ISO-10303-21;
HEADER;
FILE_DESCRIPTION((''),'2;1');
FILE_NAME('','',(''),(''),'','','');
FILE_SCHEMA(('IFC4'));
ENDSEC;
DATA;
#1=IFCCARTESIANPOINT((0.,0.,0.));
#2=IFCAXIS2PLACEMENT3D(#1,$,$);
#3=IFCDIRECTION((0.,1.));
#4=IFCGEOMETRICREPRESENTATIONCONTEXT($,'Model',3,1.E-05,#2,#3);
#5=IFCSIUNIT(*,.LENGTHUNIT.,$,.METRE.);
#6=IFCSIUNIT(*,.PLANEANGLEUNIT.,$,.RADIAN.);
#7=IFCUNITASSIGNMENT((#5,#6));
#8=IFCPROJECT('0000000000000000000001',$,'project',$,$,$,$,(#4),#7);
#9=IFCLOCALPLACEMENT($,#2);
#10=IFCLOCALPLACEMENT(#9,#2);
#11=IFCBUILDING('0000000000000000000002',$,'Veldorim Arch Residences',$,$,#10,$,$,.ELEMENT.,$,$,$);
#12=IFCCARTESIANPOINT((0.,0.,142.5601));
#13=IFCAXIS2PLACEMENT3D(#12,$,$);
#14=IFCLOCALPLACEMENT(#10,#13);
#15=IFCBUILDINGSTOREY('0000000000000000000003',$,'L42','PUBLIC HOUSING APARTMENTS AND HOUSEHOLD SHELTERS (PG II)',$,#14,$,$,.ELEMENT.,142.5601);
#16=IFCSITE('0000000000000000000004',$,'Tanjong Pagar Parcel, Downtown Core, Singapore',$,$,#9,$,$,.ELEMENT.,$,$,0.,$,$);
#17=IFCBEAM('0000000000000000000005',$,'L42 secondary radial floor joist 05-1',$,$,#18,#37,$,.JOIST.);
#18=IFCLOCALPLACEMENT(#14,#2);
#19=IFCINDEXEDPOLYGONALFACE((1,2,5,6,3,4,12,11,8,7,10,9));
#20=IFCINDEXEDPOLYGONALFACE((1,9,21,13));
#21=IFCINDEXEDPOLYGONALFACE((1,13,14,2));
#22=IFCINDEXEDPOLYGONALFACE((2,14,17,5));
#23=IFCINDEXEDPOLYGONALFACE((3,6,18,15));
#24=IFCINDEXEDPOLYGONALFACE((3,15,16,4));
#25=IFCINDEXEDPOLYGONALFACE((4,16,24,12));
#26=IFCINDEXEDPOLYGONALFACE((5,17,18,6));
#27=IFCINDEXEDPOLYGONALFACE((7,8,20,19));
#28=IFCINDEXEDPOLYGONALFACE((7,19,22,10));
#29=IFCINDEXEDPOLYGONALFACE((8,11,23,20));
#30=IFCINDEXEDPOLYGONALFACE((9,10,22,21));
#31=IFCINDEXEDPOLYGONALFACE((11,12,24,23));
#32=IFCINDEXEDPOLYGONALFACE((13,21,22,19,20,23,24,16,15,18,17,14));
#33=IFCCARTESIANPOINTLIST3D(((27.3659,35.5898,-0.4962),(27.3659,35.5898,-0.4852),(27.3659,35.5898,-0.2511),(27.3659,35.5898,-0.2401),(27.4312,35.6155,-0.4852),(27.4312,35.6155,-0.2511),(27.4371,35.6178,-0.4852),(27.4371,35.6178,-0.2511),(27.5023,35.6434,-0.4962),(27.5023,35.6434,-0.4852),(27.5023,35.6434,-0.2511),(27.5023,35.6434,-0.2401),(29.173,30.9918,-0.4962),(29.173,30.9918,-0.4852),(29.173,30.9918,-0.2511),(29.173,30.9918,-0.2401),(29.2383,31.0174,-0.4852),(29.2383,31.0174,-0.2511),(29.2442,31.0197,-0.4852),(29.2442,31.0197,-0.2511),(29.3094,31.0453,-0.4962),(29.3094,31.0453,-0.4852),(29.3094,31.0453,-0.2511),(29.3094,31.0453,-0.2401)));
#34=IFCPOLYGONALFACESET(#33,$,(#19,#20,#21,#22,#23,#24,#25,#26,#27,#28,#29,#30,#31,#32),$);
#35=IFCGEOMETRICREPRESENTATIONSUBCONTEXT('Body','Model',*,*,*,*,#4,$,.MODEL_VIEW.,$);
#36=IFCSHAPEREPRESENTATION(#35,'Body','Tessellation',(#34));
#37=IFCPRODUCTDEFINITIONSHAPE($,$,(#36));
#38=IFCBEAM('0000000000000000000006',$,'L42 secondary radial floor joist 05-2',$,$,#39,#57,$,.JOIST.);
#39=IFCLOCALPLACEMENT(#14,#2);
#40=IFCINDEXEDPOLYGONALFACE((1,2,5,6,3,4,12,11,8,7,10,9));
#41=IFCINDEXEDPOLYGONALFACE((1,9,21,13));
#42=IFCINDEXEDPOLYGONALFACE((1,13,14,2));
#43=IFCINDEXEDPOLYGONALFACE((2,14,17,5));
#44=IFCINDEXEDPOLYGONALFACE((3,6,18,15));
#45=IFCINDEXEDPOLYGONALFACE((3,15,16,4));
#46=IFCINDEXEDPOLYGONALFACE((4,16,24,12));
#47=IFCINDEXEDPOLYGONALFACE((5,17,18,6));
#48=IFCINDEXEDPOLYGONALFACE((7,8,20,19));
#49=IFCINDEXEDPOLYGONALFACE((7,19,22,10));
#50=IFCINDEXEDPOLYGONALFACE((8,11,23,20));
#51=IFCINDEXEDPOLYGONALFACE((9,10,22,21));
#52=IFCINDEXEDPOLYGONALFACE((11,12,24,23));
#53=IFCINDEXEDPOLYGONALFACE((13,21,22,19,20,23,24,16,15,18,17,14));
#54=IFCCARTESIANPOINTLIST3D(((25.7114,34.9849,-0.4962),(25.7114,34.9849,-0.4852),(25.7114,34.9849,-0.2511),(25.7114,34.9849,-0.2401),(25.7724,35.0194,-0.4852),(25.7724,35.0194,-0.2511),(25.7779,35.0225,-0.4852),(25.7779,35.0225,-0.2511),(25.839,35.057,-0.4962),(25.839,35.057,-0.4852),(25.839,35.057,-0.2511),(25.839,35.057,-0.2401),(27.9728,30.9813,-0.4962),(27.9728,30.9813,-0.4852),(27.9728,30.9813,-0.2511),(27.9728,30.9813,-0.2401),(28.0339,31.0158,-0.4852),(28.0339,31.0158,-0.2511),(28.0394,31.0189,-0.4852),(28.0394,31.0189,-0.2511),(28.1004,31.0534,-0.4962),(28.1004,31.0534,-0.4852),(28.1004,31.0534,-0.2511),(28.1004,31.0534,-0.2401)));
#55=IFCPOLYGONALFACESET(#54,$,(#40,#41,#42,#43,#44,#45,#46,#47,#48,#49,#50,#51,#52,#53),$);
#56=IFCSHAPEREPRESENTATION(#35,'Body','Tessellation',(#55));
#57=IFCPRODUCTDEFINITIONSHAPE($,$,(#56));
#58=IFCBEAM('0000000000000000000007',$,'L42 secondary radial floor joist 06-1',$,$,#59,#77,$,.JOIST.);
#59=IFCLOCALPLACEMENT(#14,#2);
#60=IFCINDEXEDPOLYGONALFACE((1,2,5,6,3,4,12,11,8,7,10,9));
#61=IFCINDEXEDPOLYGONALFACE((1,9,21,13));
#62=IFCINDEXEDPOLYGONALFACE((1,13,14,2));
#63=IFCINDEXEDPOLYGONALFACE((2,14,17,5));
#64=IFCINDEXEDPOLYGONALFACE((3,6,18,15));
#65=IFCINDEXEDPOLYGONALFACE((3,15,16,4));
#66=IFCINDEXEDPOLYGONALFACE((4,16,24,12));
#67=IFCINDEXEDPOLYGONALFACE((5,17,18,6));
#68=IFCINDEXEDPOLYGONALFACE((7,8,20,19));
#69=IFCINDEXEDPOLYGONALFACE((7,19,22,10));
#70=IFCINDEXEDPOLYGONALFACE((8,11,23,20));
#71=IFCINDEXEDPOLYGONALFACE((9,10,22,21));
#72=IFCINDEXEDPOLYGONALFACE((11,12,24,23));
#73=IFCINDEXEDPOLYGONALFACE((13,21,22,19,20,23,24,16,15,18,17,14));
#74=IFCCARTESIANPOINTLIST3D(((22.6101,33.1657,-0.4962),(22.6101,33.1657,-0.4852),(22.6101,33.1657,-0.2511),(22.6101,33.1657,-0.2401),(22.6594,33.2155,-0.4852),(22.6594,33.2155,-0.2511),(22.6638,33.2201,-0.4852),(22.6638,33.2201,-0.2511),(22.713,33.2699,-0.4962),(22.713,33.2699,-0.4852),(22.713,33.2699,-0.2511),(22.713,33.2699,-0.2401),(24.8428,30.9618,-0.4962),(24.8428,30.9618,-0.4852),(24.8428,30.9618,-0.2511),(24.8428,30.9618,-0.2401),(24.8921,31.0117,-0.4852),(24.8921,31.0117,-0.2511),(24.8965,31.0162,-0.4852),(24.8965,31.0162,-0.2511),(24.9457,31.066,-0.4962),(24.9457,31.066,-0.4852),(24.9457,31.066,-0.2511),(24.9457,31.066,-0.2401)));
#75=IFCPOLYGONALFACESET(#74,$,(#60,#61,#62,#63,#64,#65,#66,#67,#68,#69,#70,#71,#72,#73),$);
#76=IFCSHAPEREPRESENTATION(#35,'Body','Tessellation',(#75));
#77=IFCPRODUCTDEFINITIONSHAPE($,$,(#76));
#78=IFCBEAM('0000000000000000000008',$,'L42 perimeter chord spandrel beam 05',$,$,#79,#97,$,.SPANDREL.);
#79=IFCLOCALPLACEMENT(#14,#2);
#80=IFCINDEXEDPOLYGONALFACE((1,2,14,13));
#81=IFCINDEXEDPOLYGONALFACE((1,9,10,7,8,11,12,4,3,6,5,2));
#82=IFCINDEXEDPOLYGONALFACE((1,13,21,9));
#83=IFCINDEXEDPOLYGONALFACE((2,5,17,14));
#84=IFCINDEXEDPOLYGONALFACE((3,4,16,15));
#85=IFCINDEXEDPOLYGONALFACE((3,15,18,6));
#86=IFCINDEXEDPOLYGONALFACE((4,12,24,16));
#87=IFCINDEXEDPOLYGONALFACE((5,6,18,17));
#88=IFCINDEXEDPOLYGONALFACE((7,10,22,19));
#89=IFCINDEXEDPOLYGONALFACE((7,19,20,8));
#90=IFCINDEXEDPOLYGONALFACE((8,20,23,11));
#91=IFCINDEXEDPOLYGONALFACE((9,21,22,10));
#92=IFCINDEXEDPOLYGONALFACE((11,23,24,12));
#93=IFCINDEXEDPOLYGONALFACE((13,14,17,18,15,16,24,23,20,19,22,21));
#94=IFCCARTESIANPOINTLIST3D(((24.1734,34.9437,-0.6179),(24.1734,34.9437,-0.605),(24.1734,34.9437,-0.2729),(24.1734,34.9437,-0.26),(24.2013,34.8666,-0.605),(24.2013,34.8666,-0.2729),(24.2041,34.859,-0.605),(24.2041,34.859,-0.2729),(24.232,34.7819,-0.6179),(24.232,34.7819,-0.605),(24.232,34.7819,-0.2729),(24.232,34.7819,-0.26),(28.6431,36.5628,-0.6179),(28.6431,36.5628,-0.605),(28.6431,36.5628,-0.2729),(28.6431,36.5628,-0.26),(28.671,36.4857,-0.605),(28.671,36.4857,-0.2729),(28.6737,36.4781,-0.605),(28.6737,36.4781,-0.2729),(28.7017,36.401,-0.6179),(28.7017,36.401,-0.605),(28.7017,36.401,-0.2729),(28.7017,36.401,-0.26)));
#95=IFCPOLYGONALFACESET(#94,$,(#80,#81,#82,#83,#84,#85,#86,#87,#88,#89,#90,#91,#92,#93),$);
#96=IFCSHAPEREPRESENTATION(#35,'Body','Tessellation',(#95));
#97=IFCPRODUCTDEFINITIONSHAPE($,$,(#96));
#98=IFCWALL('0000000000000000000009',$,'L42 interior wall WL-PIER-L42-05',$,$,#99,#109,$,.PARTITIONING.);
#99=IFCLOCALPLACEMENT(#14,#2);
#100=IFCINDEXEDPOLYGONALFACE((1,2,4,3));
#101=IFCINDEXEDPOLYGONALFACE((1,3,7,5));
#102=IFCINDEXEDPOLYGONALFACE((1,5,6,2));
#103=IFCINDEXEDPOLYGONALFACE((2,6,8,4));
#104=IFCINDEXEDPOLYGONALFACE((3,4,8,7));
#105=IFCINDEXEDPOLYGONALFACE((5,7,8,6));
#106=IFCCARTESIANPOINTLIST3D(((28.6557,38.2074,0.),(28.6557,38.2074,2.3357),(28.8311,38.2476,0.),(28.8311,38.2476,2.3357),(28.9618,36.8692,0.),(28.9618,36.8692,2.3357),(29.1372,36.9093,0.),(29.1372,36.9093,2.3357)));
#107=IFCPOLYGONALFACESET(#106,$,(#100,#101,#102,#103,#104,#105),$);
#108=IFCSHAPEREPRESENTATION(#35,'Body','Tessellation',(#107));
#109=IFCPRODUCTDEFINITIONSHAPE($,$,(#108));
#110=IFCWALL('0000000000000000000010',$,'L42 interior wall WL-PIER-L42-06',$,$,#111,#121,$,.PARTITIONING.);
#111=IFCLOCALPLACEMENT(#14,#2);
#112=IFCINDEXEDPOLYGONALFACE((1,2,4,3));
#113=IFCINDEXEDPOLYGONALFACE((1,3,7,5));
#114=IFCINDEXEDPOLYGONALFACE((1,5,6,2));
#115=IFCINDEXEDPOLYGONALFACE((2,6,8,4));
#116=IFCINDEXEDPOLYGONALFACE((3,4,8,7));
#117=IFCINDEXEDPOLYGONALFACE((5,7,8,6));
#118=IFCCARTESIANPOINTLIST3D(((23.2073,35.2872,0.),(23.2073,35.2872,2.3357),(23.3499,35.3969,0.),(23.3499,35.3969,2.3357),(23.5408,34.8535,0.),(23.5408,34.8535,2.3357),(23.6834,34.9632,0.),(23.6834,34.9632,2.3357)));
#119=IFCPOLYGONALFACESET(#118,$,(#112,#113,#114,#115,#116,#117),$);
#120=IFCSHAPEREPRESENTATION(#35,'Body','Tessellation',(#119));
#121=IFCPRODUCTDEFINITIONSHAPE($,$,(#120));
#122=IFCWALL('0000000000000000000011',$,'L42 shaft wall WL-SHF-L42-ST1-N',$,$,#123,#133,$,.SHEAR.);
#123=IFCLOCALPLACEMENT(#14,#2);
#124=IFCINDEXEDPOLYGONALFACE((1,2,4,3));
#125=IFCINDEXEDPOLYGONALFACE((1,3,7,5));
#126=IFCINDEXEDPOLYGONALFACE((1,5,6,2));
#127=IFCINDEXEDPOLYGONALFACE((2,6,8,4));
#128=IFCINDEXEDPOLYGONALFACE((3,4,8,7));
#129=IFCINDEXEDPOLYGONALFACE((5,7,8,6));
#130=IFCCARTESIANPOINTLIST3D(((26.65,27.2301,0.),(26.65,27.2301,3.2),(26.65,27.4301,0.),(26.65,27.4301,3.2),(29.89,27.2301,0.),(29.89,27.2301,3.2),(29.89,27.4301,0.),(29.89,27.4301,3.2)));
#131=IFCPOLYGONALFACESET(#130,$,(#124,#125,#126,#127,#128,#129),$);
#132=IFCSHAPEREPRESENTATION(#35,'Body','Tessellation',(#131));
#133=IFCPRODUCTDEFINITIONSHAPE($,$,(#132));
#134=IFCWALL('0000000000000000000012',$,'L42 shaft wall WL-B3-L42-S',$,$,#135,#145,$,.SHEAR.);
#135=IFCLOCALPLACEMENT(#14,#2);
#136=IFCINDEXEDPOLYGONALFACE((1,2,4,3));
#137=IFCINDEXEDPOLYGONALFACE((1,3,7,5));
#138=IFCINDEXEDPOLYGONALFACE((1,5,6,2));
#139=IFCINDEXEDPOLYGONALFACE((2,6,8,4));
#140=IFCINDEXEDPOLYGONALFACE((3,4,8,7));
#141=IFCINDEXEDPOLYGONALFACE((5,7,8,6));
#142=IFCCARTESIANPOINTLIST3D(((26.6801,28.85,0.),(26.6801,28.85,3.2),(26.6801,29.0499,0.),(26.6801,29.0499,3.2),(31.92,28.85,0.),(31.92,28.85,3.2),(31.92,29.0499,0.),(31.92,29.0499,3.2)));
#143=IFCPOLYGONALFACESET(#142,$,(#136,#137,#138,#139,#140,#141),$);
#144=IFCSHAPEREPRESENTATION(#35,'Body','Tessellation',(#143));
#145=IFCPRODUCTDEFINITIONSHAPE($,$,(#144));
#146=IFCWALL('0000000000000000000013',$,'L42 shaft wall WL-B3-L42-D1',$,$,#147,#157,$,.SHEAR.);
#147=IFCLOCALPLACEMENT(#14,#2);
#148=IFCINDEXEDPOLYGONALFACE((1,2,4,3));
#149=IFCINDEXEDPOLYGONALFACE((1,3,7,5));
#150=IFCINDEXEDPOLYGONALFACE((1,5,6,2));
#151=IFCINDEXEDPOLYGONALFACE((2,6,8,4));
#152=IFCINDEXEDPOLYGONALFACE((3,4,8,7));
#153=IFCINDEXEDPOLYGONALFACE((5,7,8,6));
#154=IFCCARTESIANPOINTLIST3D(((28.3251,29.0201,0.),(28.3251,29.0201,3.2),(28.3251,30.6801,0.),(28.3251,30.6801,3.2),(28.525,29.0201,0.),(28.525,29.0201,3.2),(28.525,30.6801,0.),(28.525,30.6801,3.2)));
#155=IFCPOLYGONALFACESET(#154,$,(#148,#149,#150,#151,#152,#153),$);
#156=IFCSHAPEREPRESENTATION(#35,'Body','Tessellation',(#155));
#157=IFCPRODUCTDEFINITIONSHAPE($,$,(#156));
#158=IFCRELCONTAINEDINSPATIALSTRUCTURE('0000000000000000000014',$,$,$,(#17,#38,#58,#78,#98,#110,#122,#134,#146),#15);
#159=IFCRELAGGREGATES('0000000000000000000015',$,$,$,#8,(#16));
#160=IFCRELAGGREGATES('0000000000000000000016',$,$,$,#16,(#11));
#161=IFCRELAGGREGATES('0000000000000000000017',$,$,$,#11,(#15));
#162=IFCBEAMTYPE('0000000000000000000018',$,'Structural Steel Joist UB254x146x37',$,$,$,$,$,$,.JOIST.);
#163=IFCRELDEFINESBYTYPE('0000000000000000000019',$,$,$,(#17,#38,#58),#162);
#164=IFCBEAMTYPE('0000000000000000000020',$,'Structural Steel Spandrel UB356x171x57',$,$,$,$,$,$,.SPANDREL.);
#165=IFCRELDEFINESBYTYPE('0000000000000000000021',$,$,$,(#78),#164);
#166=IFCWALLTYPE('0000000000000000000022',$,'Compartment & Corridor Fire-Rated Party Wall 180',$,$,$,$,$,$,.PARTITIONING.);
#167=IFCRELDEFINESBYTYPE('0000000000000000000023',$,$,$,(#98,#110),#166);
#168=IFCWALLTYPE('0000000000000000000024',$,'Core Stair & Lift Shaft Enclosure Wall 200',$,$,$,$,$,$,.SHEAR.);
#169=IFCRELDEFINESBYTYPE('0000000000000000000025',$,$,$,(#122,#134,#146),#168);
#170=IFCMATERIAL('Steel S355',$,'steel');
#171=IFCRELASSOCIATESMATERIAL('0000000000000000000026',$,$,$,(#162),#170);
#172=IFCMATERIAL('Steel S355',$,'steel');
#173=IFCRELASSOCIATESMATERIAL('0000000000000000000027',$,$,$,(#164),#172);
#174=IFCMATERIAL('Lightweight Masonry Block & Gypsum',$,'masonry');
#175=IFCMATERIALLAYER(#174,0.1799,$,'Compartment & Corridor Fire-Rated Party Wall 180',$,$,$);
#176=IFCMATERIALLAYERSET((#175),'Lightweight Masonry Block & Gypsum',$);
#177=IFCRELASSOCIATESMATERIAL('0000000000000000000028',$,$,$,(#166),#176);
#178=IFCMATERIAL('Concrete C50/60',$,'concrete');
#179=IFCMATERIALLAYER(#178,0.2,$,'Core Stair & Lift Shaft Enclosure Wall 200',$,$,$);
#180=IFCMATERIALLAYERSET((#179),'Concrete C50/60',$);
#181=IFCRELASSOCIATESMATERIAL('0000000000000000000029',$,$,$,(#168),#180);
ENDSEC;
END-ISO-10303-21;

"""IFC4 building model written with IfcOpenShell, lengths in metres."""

from ifc_helpers import new_model, si_unit, direction, frame, frame_2d, origin, origin_2d, place, context, subcontext, project, spatial, rectangle, i_section, extrude, material, layer, layer_set, material_profile, profile_set, type_object, element, save


model = new_model("IFC4")

# Units and contexts
model_context = context("Model", 3, precision=1e-05, world=origin(), true_north=direction((0.0, 1.0)))
body_context = subcontext(model_context, "Body", "Model", "MODEL_VIEW")
ifc_project = project(units=[si_unit("LENGTHUNIT", "METRE"), si_unit("PLANEANGLEUNIT", "RADIAN")], contexts=[model_context])

# Site, building, storey
site_placement = place(None, origin())
site = spatial("IfcSite", under=ifc_project, at=site_placement, Name="Tanjong Pagar Parcel, Downtown Core, Singapore", CompositionType="ELEMENT", RefElevation=0.0)
building_placement = place(site_placement, origin())
building = spatial("IfcBuilding", under=site, at=building_placement, Name="Veldorim Arch Residences", CompositionType="ELEMENT")
storey_placement = place(building_placement, frame((0.0, 0.0, 142.5601)))
storey = spatial("IfcBuildingStorey", under=building, at=storey_placement, Name="L42", Description="PUBLIC HOUSING APARTMENTS AND HOUSEHOLD SHELTERS (PG II)", CompositionType="ELEMENT", Elevation=142.5601)

# Beams
ifc_material_1 = material(Name="Steel S355", Category="steel")
ifc_material_profile_1 = material_profile(ifc_material_1, i_section(OverallWidth=0.1465, OverallDepth=0.2561, WebThickness=0.0063, FlangeThickness=0.011, at=origin_2d()), Name="UB254x146x37")
ifc_profile_set_1 = profile_set([ifc_material_profile_1], Name="Steel S355")
beam_type_1 = type_object("IfcBeamType", Name="Structural Steel Joist UB254x146x37", PredefinedType="JOIST", material=ifc_profile_set_1)
beam_1_placement = place(storey_placement, frame((29.2412, 31.0186, -0.3682), z_axis=(-0.365778, 0.930702, 0.0), x_axis=(-0.930702, -0.365778, 0.0)))
element("IfcBeam", 1, at=beam_1_placement, inside=storey, type_object=beam_type_1, Name="L42 secondary radial floor joist 05-1", PredefinedType="JOIST", context=body_context, shape_type="SweptSolid", body=[
    extrude(i_section(OverallWidth=0.1465, OverallDepth=0.2561, WebThickness=0.0063, FlangeThickness=0.011, at=origin_2d()), origin(), (0.0, 0.0, 1.0), 4.9404),
])
beam_2_placement = place(storey_placement, frame((28.0366, 31.0173, -0.3682), z_axis=(-0.491816, 0.870699, 0.0), x_axis=(-0.870699, -0.491816, 0.0)))
element("IfcBeam", 2, at=beam_2_placement, inside=storey, type_object=beam_type_1, Name="L42 secondary radial floor joist 05-2", PredefinedType="JOIST", context=body_context, shape_type="SweptSolid", body=[
    extrude(i_section(OverallWidth=0.1465, OverallDepth=0.2561, WebThickness=0.0063, FlangeThickness=0.011, at=origin_2d()), origin(), (0.0, 0.0, 1.0), 4.5981),
])
beam_3_placement = place(storey_placement, frame((24.8943, 31.0139, -0.3682), z_axis=(-0.711683, 0.7025, 0.0), x_axis=(-0.7025, -0.711683, 0.0)))
element("IfcBeam", 3, at=beam_3_placement, inside=storey, type_object=beam_type_1, Name="L42 secondary radial floor joist 06-1", PredefinedType="JOIST", context=body_context, shape_type="SweptSolid", body=[
    extrude(i_section(OverallWidth=0.1465, OverallDepth=0.2561, WebThickness=0.0063, FlangeThickness=0.011, at=origin_2d()), origin(), (0.0, 0.0, 1.0), 3.1372),
])
ifc_material_2 = material(Name="Steel S355", Category="steel")
ifc_material_profile_2 = material_profile(ifc_material_2, i_section(OverallWidth=0.1721, OverallDepth=0.3579, WebThickness=0.0081, FlangeThickness=0.0129, at=origin_2d()), Name="UB356x171x57")
ifc_profile_set_2 = profile_set([ifc_material_profile_2], Name="Steel S355")
beam_type_2 = type_object("IfcBeamType", Name="Structural Steel Spandrel UB356x171x57", PredefinedType="SPANDREL", material=ifc_profile_set_2)
beam_4_placement = place(storey_placement, frame((28.6724, 36.4819, -0.439), z_axis=(-0.940213, -0.340588, 0.0), x_axis=(0.340588, -0.940213, 0.0)))
element("IfcBeam", 4, at=beam_4_placement, inside=storey, type_object=beam_type_2, Name="L42 perimeter chord spandrel beam 05", PredefinedType="SPANDREL", context=body_context, shape_type="SweptSolid", body=[
    extrude(i_section(OverallWidth=0.1721, OverallDepth=0.3579, WebThickness=0.0081, FlangeThickness=0.0129, at=origin_2d()), origin(), (0.0, 0.0, 1.0), 4.7539),
])

# Walls
ifc_material_3 = material(Name="Lightweight Masonry Block & Gypsum", Category="masonry")
ifc_layer_1 = layer(ifc_material_3, 0.1799, Name="Compartment & Corridor Fire-Rated Party Wall 180")
ifc_layer_set_1 = layer_set([ifc_layer_1], Name="Lightweight Masonry Block & Gypsum")
wall_type_1 = type_object("IfcWallType", Name="Compartment & Corridor Fire-Rated Party Wall 180", PredefinedType="PARTITIONING", material=ifc_layer_set_1)
wall_1_placement = place(storey_placement, frame((29.0496, 36.8892, 0.0), z_axis=(0.0, 0.0, 1.0), x_axis=(-0.223028, 0.974812, 0.0)))
element("IfcWall", 5, at=wall_1_placement, inside=storey, type_object=wall_type_1, Name="L42 interior wall WL-PIER-L42-05", PredefinedType="PARTITIONING", context=body_context, shape_type="SweptSolid", body=[
    extrude(rectangle(XDim=1.3728, YDim=0.1799, at=frame_2d((0.6865, 0.0))), origin(), (0.0, 0.0, 1.0), 2.3357),
])
wall_2_placement = place(storey_placement, frame((23.6121, 34.9084, 0.0), z_axis=(0.0, 0.0, 1.0), x_axis=(-0.609668, 0.792657, 0.0)))
element("IfcWall", 6, at=wall_2_placement, inside=storey, type_object=wall_type_1, Name="L42 interior wall WL-PIER-L42-06", PredefinedType="PARTITIONING", context=body_context, shape_type="SweptSolid", body=[
    extrude(rectangle(XDim=0.5471, YDim=0.1799, at=frame_2d((0.2734, 0.0))), origin(), (0.0, 0.0, 1.0), 2.3357),
])
ifc_material_4 = material(Name="Concrete C50/60", Category="concrete")
ifc_layer_2 = layer(ifc_material_4, 0.2, Name="Core Stair & Lift Shaft Enclosure Wall 200")
ifc_layer_set_2 = layer_set([ifc_layer_2], Name="Concrete C50/60")
wall_type_2 = type_object("IfcWallType", Name="Core Stair & Lift Shaft Enclosure Wall 200", PredefinedType="SHEAR", material=ifc_layer_set_2)
wall_3_placement = place(storey_placement, frame((26.6499, 27.3301, 0.0), z_axis=(0.0, 0.0, 1.0), x_axis=(1.0, 0.0, 0.0)))
element("IfcWall", 7, at=wall_3_placement, inside=storey, type_object=wall_type_2, Name="L42 shaft wall WL-SHF-L42-ST1-N", PredefinedType="SHEAR", context=body_context, shape_type="SweptSolid", body=[
    extrude(rectangle(XDim=3.24, YDim=0.2, at=frame_2d((1.6201, 0.0))), origin(), (0.0, 0.0, 1.0), 3.2),
])
wall_4_placement = place(storey_placement, frame((26.6799, 28.95, 0.0), z_axis=(0.0, 0.0, 1.0), x_axis=(1.0, 0.0, 0.0)))
element("IfcWall", 8, at=wall_4_placement, inside=storey, type_object=wall_type_2, Name="L42 shaft wall WL-B3-L42-S", PredefinedType="SHEAR", context=body_context, shape_type="SweptSolid", body=[
    extrude(rectangle(XDim=5.24, YDim=0.2, at=frame_2d((2.6201, 0.0))), origin(), (0.0, 0.0, 1.0), 3.2),
])
wall_5_placement = place(storey_placement, frame((28.425, 29.02, 0.0), z_axis=(0.0, 0.0, 1.0), x_axis=(0.0, 1.0, 0.0)))
element("IfcWall", 9, at=wall_5_placement, inside=storey, type_object=wall_type_2, Name="L42 shaft wall WL-B3-L42-D1", PredefinedType="SHEAR", context=body_context, shape_type="SweptSolid", body=[
    extrude(rectangle(XDim=1.6599, YDim=0.2, at=frame_2d((0.8301, 0.0))), origin(), (0.0, 0.0, 1.0), 3.2),
])

save(model, "model.ifc")
